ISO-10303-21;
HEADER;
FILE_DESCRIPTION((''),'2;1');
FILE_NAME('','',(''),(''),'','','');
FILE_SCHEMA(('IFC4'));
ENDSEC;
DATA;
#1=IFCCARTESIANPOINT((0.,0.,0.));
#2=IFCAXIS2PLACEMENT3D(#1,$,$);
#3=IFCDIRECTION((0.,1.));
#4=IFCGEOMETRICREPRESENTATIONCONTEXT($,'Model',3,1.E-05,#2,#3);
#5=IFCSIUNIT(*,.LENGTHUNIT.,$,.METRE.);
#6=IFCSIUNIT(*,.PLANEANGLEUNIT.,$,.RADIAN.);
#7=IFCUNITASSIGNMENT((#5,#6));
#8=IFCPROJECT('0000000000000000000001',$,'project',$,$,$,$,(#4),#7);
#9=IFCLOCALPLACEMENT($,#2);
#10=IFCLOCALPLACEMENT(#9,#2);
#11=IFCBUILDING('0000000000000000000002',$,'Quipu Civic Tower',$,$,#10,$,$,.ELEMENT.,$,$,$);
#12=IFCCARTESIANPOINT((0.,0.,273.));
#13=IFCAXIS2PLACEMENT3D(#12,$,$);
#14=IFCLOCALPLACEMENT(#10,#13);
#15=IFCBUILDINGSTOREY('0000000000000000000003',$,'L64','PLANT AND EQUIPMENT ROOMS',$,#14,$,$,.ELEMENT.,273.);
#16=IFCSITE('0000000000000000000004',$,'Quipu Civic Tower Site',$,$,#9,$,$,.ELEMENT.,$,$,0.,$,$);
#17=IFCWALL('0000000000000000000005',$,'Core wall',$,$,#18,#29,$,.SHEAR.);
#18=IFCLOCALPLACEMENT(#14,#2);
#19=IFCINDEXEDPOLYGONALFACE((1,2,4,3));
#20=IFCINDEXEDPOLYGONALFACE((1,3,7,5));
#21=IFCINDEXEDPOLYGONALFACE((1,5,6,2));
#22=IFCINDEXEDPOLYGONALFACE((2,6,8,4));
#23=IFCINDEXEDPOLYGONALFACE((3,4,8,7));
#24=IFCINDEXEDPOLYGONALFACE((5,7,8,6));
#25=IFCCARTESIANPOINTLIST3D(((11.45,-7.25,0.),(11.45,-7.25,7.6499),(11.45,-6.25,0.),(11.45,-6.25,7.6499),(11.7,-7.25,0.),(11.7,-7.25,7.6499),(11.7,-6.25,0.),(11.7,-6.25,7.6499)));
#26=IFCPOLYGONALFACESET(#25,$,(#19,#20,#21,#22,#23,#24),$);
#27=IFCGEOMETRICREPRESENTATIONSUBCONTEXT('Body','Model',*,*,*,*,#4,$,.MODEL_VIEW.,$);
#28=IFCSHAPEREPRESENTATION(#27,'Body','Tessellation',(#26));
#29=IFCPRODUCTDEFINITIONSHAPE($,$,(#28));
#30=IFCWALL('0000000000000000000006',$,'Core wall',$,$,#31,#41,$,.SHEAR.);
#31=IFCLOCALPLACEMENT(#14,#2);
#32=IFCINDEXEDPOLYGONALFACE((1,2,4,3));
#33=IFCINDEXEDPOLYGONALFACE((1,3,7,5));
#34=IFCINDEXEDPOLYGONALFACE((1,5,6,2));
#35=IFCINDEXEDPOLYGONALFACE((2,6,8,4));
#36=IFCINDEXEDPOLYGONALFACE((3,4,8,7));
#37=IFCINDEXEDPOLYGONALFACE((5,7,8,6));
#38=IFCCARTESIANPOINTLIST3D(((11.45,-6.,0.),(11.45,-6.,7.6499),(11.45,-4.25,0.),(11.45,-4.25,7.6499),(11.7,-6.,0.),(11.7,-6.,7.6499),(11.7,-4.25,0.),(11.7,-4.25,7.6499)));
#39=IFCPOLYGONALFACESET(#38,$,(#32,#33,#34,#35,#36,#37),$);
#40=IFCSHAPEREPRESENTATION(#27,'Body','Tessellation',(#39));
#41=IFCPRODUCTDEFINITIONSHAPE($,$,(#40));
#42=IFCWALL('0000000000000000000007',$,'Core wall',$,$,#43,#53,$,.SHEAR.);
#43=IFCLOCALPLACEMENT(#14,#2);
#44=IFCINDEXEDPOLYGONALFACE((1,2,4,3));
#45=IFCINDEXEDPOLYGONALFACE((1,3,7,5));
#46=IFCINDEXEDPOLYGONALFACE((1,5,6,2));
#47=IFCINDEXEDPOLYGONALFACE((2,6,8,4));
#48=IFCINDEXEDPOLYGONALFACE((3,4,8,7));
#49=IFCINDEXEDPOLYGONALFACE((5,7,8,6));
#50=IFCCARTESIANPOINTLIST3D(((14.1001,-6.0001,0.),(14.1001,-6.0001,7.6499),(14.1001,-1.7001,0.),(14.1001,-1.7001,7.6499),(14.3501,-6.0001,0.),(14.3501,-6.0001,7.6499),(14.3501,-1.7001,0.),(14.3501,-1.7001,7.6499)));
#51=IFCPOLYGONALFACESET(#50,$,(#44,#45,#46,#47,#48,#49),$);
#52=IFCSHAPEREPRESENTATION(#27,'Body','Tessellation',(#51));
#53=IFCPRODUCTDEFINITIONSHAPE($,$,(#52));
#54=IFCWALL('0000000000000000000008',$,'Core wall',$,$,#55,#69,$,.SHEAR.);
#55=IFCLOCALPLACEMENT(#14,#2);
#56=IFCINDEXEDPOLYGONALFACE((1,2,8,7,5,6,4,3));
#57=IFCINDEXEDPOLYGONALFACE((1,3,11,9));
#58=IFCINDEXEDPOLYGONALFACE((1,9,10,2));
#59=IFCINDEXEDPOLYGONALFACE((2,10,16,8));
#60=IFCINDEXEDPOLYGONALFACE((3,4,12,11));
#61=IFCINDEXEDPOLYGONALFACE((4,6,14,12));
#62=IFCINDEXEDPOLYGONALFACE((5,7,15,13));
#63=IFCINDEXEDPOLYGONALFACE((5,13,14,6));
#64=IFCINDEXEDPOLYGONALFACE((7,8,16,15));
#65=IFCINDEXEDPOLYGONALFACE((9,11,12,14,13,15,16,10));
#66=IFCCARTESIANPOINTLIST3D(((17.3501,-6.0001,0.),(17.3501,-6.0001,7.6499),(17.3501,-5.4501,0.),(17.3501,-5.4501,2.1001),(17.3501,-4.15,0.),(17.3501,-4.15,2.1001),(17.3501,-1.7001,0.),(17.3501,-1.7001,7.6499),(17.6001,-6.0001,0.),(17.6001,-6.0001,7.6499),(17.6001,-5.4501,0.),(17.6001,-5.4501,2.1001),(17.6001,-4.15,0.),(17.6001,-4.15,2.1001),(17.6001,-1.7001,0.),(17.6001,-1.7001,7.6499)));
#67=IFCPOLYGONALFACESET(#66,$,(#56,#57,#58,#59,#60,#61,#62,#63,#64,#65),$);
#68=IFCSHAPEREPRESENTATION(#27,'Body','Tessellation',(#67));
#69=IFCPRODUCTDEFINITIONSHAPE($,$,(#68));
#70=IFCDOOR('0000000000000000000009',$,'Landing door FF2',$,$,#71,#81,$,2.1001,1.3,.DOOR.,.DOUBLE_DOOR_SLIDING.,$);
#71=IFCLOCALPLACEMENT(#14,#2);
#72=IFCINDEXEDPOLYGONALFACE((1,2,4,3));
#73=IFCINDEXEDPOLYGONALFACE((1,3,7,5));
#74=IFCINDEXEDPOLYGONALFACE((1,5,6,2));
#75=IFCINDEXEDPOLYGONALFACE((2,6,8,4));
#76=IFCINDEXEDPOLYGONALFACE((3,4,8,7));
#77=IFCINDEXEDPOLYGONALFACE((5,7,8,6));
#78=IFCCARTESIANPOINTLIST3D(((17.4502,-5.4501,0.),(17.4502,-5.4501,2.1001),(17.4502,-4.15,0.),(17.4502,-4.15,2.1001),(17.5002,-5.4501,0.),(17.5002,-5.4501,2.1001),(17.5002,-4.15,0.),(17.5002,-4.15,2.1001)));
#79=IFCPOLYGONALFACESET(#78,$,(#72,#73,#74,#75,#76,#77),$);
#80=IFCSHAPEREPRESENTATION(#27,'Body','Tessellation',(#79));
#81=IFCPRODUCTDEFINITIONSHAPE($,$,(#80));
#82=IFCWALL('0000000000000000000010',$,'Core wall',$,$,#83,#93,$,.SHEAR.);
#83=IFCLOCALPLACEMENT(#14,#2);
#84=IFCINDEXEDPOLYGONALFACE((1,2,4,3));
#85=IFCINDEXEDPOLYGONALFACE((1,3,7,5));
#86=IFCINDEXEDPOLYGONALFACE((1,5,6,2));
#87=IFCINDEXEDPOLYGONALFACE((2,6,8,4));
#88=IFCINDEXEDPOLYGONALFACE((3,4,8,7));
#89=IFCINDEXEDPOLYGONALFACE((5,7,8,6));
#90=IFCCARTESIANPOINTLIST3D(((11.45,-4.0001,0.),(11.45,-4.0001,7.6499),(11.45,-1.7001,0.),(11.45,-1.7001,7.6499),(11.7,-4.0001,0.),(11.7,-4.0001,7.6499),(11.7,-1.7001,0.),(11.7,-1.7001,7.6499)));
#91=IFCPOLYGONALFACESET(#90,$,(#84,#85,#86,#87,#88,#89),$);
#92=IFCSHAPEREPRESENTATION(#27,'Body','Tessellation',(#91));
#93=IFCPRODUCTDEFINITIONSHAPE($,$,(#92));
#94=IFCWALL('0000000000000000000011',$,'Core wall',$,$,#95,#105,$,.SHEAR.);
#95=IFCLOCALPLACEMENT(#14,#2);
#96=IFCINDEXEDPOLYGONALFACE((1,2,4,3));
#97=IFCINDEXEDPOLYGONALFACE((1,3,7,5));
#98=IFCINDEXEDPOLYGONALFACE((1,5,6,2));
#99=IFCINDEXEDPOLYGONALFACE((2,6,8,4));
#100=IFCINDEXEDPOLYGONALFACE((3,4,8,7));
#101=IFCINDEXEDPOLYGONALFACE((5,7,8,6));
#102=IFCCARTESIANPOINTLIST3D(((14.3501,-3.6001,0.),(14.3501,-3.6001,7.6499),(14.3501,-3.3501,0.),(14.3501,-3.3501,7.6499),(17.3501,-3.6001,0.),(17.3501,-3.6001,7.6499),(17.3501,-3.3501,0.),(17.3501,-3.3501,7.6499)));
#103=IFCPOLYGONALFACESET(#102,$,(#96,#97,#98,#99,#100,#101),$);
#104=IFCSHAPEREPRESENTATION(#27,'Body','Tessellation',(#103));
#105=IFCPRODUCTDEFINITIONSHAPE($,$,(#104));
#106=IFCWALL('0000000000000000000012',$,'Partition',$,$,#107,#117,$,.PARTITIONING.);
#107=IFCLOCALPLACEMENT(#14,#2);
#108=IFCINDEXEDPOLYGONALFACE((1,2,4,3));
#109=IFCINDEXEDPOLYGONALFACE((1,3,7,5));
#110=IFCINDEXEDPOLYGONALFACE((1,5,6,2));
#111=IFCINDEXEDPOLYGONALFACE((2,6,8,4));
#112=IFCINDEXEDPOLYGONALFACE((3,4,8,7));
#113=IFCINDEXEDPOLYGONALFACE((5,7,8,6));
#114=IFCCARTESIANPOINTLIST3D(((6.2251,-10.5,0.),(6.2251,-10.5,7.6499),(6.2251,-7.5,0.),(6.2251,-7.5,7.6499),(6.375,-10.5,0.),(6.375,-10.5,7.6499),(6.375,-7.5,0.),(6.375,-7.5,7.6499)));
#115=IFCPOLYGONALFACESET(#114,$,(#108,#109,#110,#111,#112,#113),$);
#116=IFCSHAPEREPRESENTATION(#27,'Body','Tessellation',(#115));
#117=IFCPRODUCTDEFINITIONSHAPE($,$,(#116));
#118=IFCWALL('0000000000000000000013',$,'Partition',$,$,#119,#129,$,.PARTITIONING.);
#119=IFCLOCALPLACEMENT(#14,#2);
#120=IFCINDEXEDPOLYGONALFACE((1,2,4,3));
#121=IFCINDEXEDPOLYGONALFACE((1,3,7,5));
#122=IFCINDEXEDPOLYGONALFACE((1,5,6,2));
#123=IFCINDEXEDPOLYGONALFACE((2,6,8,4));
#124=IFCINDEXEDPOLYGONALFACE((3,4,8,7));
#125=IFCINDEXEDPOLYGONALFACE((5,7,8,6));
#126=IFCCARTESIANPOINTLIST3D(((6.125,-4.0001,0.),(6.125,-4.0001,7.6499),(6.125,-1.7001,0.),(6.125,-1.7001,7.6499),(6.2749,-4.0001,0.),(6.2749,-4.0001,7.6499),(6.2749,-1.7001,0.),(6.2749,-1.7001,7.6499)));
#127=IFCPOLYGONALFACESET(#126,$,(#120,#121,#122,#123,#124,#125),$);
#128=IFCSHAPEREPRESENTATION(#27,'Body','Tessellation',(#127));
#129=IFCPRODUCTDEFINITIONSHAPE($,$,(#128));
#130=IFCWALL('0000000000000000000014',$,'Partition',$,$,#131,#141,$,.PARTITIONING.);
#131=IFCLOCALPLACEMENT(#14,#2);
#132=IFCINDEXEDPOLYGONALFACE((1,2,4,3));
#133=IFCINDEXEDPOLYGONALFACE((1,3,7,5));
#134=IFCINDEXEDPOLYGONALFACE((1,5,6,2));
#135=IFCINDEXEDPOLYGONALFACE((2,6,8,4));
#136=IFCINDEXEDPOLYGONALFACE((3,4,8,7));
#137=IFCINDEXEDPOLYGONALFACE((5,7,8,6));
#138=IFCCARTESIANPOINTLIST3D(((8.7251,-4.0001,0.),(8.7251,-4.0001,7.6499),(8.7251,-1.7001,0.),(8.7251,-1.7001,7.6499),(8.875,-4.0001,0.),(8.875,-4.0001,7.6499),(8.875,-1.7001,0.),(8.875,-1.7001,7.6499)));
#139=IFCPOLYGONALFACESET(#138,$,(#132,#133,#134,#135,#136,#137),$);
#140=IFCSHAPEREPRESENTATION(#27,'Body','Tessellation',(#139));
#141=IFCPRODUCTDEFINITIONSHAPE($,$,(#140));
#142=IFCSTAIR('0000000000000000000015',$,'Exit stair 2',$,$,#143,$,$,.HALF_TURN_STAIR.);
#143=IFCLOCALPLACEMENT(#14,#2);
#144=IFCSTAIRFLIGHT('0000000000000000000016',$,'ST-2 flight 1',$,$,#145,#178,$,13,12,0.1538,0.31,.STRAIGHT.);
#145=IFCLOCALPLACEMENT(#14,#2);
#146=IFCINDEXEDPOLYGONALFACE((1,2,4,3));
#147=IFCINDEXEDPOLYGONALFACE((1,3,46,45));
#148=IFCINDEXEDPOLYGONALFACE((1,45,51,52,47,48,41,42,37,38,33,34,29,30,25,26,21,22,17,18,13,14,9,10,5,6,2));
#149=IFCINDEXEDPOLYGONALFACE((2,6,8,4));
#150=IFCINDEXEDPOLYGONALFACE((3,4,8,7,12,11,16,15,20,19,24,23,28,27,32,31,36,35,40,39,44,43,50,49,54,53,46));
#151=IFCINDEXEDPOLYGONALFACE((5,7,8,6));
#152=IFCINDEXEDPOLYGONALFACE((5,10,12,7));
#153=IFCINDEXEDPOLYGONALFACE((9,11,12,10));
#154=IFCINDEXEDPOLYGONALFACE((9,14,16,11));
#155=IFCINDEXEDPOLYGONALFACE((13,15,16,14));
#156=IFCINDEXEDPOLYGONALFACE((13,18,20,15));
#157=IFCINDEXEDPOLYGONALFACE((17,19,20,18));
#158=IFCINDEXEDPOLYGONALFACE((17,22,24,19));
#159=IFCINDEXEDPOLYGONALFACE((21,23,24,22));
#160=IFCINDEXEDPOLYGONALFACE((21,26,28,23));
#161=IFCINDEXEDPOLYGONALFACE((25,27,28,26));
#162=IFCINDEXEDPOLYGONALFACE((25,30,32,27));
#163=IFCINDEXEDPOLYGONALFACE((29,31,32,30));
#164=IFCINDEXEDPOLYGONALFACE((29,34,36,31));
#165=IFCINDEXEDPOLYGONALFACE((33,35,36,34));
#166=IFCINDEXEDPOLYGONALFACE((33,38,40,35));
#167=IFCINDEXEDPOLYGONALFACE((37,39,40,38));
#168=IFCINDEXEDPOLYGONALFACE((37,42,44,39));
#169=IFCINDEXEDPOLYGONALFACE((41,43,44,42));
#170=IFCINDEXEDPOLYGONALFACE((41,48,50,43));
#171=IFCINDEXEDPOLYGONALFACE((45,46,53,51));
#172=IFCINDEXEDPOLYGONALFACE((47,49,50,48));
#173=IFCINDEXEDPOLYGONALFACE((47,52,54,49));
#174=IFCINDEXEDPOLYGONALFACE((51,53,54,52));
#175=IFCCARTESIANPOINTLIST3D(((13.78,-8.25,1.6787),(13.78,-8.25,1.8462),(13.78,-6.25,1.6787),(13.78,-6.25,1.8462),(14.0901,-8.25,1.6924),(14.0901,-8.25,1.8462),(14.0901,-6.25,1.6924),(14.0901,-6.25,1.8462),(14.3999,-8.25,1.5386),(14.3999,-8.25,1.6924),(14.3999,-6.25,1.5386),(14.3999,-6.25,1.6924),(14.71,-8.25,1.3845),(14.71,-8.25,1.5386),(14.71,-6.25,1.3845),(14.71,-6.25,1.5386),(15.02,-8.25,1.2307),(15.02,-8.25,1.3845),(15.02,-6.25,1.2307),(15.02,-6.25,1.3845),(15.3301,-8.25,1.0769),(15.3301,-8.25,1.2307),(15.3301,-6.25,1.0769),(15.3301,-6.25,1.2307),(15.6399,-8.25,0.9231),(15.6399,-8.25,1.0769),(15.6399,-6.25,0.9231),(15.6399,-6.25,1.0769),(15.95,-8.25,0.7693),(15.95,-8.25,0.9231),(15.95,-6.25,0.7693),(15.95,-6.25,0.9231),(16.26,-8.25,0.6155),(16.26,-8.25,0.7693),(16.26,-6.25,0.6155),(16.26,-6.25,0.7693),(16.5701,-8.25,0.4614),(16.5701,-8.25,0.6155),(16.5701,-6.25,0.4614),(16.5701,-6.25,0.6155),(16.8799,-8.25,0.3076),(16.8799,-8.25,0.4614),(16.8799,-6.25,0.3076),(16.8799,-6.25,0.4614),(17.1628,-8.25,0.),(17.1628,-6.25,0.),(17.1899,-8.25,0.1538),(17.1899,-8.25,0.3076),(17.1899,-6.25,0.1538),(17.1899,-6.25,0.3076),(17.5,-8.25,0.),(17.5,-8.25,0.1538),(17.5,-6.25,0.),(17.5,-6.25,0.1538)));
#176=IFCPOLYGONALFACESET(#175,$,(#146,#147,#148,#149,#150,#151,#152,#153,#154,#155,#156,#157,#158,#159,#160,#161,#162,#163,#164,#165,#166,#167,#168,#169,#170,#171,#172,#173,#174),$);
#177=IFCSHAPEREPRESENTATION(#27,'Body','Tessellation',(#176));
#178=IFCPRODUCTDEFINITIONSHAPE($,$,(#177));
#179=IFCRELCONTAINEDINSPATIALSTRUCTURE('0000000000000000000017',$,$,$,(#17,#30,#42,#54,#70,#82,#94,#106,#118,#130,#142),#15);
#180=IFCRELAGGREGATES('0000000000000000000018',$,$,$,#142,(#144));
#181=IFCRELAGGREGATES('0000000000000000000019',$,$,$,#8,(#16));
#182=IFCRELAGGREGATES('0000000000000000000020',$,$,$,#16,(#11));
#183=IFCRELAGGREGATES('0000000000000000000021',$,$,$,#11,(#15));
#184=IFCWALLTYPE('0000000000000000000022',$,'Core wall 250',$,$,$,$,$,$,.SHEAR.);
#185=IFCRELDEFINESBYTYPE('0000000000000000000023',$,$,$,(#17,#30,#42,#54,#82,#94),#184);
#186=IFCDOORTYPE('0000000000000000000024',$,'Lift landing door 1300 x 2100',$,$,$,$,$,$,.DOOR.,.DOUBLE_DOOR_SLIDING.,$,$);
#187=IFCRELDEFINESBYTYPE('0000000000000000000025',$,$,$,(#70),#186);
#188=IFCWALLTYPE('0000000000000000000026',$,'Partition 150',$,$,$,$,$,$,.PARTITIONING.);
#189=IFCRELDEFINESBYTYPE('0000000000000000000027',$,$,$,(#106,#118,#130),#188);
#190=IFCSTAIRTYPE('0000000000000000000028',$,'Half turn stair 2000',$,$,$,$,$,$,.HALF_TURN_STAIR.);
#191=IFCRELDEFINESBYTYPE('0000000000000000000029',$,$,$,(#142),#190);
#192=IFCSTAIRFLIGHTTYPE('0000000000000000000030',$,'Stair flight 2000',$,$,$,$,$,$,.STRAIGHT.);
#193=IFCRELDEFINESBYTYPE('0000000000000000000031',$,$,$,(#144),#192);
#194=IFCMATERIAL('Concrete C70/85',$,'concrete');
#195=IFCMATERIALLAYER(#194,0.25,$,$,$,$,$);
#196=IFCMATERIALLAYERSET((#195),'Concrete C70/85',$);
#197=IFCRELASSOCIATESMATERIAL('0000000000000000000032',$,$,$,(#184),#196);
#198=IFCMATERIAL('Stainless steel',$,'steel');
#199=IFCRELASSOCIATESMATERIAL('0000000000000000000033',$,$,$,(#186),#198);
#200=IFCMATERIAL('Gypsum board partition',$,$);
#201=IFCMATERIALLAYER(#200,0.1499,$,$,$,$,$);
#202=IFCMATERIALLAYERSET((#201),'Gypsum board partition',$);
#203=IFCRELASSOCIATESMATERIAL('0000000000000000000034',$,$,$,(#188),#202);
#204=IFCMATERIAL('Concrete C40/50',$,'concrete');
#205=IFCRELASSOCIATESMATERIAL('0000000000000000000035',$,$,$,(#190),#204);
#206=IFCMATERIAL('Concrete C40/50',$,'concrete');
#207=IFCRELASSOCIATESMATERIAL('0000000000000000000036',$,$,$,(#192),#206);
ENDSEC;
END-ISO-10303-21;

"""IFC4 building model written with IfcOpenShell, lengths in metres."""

from ifc_helpers import new_model, si_unit, direction, frame, frame_2d, origin, place, context, subcontext, project, spatial, polyline, rectangle, outline, extrude, material, layer, layer_set, type_object, element, fill, aggregate, save


model = new_model("IFC4")

# Units and contexts
model_context = context("Model", 3, precision=1e-05, world=origin(), true_north=direction((0.0, 1.0)))
body_context = subcontext(model_context, "Body", "Model", "MODEL_VIEW")
ifc_project = project(units=[si_unit("LENGTHUNIT", "METRE"), si_unit("PLANEANGLEUNIT", "RADIAN")], contexts=[model_context])

# Site, building, storey
site_placement = place(None, origin())
site = spatial("IfcSite", under=ifc_project, at=site_placement, Name="Quipu Civic Tower Site", CompositionType="ELEMENT", RefElevation=0.0)
building_placement = place(site_placement, origin())
building = spatial("IfcBuilding", under=site, at=building_placement, Name="Quipu Civic Tower", CompositionType="ELEMENT")
storey_placement = place(building_placement, frame((0.0, 0.0, 273.0)))
storey = spatial("IfcBuildingStorey", under=building, at=storey_placement, Name="L64", Description="PLANT AND EQUIPMENT ROOMS", CompositionType="ELEMENT", Elevation=273.0)

# Shared definitions
ifc_material_1 = material(Name="Concrete C70/85", Category="concrete")
ifc_layer_1 = layer(ifc_material_1, 0.25)
ifc_layer_set_1 = layer_set([ifc_layer_1], Name="Concrete C70/85")
wall_type_1 = type_object("IfcWallType", Name="Core wall 250", PredefinedType="SHEAR", material=ifc_layer_set_1)

# Walls
wall_1_placement = place(storey_placement, frame((11.575, -7.25, 0.0), z_axis=(0.0, 0.0, 1.0), x_axis=(0.0, 1.0, 0.0)))
element("IfcWall", 1, at=wall_1_placement, inside=storey, type_object=wall_type_1, Name="Core wall", PredefinedType="SHEAR", context=body_context, shape_type="SweptSolid", body=[
    extrude(rectangle(XDim=1.0, YDim=0.25, at=frame_2d((0.5, 0.0))), origin(), (0.0, 0.0, 1.0), 7.6499),
])
wall_2_placement = place(storey_placement, frame((11.575, -6.0, 0.0), z_axis=(0.0, 0.0, 1.0), x_axis=(0.0, 1.0, 0.0)))
element("IfcWall", 2, at=wall_2_placement, inside=storey, type_object=wall_type_1, Name="Core wall", PredefinedType="SHEAR", context=body_context, shape_type="SweptSolid", body=[
    extrude(rectangle(XDim=1.75, YDim=0.25, at=frame_2d((0.875, 0.0))), origin(), (0.0, 0.0, 1.0), 7.6499),
])
wall_3_placement = place(storey_placement, frame((14.2251, -6.0, 0.0), z_axis=(0.0, 0.0, 1.0), x_axis=(0.0, 1.0, 0.0)))
element("IfcWall", 3, at=wall_3_placement, inside=storey, type_object=wall_type_1, Name="Core wall", PredefinedType="SHEAR", context=body_context, shape_type="SweptSolid", body=[
    extrude(rectangle(XDim=4.3, YDim=0.25, at=frame_2d((2.1499, 0.0))), origin(), (0.0, 0.0, 1.0), 7.6499),
])

# Wall, opening, door
wall_4_placement = place(storey_placement, frame((17.4751, -6.0, 0.0), z_axis=(0.0, 0.0, 1.0), x_axis=(0.0, 1.0, 0.0)))
wall_4 = element("IfcWall", 4, at=wall_4_placement, inside=storey, type_object=wall_type_1, Name="Core wall", PredefinedType="SHEAR", context=body_context, shape_type="SweptSolid", body=[
    extrude(rectangle(XDim=4.3, YDim=0.25, at=frame_2d((2.1499, 0.0))), origin(), (0.0, 0.0, 1.0), 7.6499),
])
opening_1_placement = place(wall_4_placement, frame((0.55, 0.0, 0.0)))
opening_1 = element("IfcOpeningElement", 5, at=opening_1_placement, cuts=wall_4, PredefinedType="OPENING", context=body_context, shape_type="SweptSolid", body=[
    extrude(rectangle(XDim=1.3, YDim=2.1001, at=frame_2d((0.6499, 1.05))), frame((0.0, 0.135, 0.0), z_axis=(0.0, -1.0, 0.0), x_axis=(1.0, 0.0, 0.0)), (0.0, 0.0, 1.0), 0.27),
])
ifc_material_2 = material(Name="Stainless steel", Category="steel")
door_type_1 = type_object("IfcDoorType", Name="Lift landing door 1300 x 2100", OperationType="DOUBLE_DOOR_SLIDING", PredefinedType="DOOR", material=ifc_material_2)
door_1_placement = place(opening_1_placement, origin())
door_1 = element("IfcDoor", 6, at=door_1_placement, inside=storey, type_object=door_type_1, Name="Landing door FF2", OperationType="DOUBLE_DOOR_SLIDING", OverallHeight=2.1001, OverallWidth=1.3, PredefinedType="DOOR", context=body_context, shape_type="SweptSolid", body=[
    extrude(rectangle(XDim=1.3, YDim=2.1001, at=frame_2d((0.6499, 1.05))), frame((0.0, 0.0249, 0.0), z_axis=(0.0, -1.0, 0.0), x_axis=(1.0, 0.0, 0.0)), (0.0, 0.0, 1.0), 0.05),
])
fill(opening_1, door_1)

# Walls
wall_5_placement = place(storey_placement, frame((11.575, -4.0, 0.0), z_axis=(0.0, 0.0, 1.0), x_axis=(0.0, 1.0, 0.0)))
element("IfcWall", 7, at=wall_5_placement, inside=storey, type_object=wall_type_1, Name="Core wall", PredefinedType="SHEAR", context=body_context, shape_type="SweptSolid", body=[
    extrude(rectangle(XDim=2.3, YDim=0.25, at=frame_2d((1.1499, 0.0))), origin(), (0.0, 0.0, 1.0), 7.6499),
])
wall_6_placement = place(storey_placement, frame((14.3501, -3.4751, 0.0), z_axis=(0.0, 0.0, 1.0), x_axis=(1.0, 0.0, 0.0)))
element("IfcWall", 8, at=wall_6_placement, inside=storey, type_object=wall_type_1, Name="Core wall", PredefinedType="SHEAR", context=body_context, shape_type="SweptSolid", body=[
    extrude(rectangle(XDim=3.0, YDim=0.25, at=frame_2d((1.5, 0.0))), origin(), (0.0, 0.0, 1.0), 7.6499),
])
ifc_material_3 = material(Name="Gypsum board partition")
ifc_layer_2 = layer(ifc_material_3, 0.1499)
ifc_layer_set_2 = layer_set([ifc_layer_2], Name="Gypsum board partition")
wall_type_2 = type_object("IfcWallType", Name="Partition 150", PredefinedType="PARTITIONING", material=ifc_layer_set_2)
wall_7_placement = place(storey_placement, frame((6.3, -10.5, 0.0), z_axis=(0.0, 0.0, 1.0), x_axis=(0.0, 1.0, 0.0)))
element("IfcWall", 9, at=wall_7_placement, inside=storey, type_object=wall_type_2, Name="Partition", PredefinedType="PARTITIONING", context=body_context, shape_type="SweptSolid", body=[
    extrude(rectangle(XDim=3.0, YDim=0.1499, at=frame_2d((1.5, 0.0))), origin(), (0.0, 0.0, 1.0), 7.6499),
])
for number, where, z_axis, x_axis, name in (
    (10, (6.2, -4.0, 0.0), (0.0, 0.0, 1.0), (0.0, 1.0, 0.0), "Partition"),
    (11, (8.8, -4.0, 0.0), (0.0, 0.0, 1.0), (0.0, 1.0, 0.0), "Partition"),
):
    element("IfcWall", number, at=place(storey_placement, frame(where, z_axis=z_axis, x_axis=x_axis)), inside=storey, type_object=wall_type_2, Name=name, PredefinedType="PARTITIONING", context=body_context, shape_type="SweptSolid", body=[
        extrude(rectangle(XDim=2.3, YDim=0.1499, at=frame_2d((1.1499, 0.0))), origin(), (0.0, 0.0, 1.0), 7.6499),
    ])

# Stair, stair flight
ifc_material_4 = material(Name="Concrete C40/50", Category="concrete")
stair_type = type_object("IfcStairType", Name="Half turn stair 2000", PredefinedType="HALF_TURN_STAIR", material=ifc_material_4)
stair_placement = place(storey_placement, origin())
stair = element("IfcStair", 12, at=stair_placement, inside=storey, type_object=stair_type, Name="Exit stair 2", PredefinedType="HALF_TURN_STAIR")
ifc_material_5 = material(Name="Concrete C40/50", Category="concrete")
stair_flight_type = type_object("IfcStairFlightType", Name="Stair flight 2000", PredefinedType="STRAIGHT", material=ifc_material_5)
stair_flight_1_placement = place(storey_placement, frame((17.5, -7.25, 0.0), z_axis=(0.0, 0.0, 1.0), x_axis=(-1.0, 0.0, 0.0)))
stair_flight_1 = element("IfcStairFlight", 13, at=stair_flight_1_placement, type_object=stair_flight_type, Name="ST-2 flight 1", NumberOfRisers=13, NumberOfTreads=12, PredefinedType="STRAIGHT", RiserHeight=0.1538, TreadLength=0.31, context=body_context, shape_type="SweptSolid", body=[
    extrude(outline(polyline([(0.0, 0.0), (0.0, 0.1538), (0.3101, 0.1538), (0.3101, 0.3076), (0.6201, 0.3076), (0.6201, 0.4614), (0.9299, 0.4614), (0.9299, 0.6155), (1.24, 0.6155), (1.24, 0.7693), (1.55, 0.7693), (1.55, 0.9231), (1.8601, 0.9231), (1.8601, 1.0769), (2.1699, 1.0769), (2.1699, 1.2307), (2.48, 1.2307), (2.48, 1.3845), (2.79, 1.3845), (2.79, 1.5386), (3.1001, 1.5386), (3.1001, 1.6924), (3.4099, 1.6924), (3.4099, 1.8462), (3.72, 1.8462), (3.72, 2.0), (3.72, 1.6787), (0.3372, 0.0), (0.0, 0.0)])), frame((0.0, 1.0, 0.0), z_axis=(0.0, -1.0, 0.0), x_axis=(1.0, 0.0, 0.0)), (0.0, 0.0, 1.0), 2.0),
])
aggregate(stair, [stair_flight_1])

save(model, "model.ifc")
